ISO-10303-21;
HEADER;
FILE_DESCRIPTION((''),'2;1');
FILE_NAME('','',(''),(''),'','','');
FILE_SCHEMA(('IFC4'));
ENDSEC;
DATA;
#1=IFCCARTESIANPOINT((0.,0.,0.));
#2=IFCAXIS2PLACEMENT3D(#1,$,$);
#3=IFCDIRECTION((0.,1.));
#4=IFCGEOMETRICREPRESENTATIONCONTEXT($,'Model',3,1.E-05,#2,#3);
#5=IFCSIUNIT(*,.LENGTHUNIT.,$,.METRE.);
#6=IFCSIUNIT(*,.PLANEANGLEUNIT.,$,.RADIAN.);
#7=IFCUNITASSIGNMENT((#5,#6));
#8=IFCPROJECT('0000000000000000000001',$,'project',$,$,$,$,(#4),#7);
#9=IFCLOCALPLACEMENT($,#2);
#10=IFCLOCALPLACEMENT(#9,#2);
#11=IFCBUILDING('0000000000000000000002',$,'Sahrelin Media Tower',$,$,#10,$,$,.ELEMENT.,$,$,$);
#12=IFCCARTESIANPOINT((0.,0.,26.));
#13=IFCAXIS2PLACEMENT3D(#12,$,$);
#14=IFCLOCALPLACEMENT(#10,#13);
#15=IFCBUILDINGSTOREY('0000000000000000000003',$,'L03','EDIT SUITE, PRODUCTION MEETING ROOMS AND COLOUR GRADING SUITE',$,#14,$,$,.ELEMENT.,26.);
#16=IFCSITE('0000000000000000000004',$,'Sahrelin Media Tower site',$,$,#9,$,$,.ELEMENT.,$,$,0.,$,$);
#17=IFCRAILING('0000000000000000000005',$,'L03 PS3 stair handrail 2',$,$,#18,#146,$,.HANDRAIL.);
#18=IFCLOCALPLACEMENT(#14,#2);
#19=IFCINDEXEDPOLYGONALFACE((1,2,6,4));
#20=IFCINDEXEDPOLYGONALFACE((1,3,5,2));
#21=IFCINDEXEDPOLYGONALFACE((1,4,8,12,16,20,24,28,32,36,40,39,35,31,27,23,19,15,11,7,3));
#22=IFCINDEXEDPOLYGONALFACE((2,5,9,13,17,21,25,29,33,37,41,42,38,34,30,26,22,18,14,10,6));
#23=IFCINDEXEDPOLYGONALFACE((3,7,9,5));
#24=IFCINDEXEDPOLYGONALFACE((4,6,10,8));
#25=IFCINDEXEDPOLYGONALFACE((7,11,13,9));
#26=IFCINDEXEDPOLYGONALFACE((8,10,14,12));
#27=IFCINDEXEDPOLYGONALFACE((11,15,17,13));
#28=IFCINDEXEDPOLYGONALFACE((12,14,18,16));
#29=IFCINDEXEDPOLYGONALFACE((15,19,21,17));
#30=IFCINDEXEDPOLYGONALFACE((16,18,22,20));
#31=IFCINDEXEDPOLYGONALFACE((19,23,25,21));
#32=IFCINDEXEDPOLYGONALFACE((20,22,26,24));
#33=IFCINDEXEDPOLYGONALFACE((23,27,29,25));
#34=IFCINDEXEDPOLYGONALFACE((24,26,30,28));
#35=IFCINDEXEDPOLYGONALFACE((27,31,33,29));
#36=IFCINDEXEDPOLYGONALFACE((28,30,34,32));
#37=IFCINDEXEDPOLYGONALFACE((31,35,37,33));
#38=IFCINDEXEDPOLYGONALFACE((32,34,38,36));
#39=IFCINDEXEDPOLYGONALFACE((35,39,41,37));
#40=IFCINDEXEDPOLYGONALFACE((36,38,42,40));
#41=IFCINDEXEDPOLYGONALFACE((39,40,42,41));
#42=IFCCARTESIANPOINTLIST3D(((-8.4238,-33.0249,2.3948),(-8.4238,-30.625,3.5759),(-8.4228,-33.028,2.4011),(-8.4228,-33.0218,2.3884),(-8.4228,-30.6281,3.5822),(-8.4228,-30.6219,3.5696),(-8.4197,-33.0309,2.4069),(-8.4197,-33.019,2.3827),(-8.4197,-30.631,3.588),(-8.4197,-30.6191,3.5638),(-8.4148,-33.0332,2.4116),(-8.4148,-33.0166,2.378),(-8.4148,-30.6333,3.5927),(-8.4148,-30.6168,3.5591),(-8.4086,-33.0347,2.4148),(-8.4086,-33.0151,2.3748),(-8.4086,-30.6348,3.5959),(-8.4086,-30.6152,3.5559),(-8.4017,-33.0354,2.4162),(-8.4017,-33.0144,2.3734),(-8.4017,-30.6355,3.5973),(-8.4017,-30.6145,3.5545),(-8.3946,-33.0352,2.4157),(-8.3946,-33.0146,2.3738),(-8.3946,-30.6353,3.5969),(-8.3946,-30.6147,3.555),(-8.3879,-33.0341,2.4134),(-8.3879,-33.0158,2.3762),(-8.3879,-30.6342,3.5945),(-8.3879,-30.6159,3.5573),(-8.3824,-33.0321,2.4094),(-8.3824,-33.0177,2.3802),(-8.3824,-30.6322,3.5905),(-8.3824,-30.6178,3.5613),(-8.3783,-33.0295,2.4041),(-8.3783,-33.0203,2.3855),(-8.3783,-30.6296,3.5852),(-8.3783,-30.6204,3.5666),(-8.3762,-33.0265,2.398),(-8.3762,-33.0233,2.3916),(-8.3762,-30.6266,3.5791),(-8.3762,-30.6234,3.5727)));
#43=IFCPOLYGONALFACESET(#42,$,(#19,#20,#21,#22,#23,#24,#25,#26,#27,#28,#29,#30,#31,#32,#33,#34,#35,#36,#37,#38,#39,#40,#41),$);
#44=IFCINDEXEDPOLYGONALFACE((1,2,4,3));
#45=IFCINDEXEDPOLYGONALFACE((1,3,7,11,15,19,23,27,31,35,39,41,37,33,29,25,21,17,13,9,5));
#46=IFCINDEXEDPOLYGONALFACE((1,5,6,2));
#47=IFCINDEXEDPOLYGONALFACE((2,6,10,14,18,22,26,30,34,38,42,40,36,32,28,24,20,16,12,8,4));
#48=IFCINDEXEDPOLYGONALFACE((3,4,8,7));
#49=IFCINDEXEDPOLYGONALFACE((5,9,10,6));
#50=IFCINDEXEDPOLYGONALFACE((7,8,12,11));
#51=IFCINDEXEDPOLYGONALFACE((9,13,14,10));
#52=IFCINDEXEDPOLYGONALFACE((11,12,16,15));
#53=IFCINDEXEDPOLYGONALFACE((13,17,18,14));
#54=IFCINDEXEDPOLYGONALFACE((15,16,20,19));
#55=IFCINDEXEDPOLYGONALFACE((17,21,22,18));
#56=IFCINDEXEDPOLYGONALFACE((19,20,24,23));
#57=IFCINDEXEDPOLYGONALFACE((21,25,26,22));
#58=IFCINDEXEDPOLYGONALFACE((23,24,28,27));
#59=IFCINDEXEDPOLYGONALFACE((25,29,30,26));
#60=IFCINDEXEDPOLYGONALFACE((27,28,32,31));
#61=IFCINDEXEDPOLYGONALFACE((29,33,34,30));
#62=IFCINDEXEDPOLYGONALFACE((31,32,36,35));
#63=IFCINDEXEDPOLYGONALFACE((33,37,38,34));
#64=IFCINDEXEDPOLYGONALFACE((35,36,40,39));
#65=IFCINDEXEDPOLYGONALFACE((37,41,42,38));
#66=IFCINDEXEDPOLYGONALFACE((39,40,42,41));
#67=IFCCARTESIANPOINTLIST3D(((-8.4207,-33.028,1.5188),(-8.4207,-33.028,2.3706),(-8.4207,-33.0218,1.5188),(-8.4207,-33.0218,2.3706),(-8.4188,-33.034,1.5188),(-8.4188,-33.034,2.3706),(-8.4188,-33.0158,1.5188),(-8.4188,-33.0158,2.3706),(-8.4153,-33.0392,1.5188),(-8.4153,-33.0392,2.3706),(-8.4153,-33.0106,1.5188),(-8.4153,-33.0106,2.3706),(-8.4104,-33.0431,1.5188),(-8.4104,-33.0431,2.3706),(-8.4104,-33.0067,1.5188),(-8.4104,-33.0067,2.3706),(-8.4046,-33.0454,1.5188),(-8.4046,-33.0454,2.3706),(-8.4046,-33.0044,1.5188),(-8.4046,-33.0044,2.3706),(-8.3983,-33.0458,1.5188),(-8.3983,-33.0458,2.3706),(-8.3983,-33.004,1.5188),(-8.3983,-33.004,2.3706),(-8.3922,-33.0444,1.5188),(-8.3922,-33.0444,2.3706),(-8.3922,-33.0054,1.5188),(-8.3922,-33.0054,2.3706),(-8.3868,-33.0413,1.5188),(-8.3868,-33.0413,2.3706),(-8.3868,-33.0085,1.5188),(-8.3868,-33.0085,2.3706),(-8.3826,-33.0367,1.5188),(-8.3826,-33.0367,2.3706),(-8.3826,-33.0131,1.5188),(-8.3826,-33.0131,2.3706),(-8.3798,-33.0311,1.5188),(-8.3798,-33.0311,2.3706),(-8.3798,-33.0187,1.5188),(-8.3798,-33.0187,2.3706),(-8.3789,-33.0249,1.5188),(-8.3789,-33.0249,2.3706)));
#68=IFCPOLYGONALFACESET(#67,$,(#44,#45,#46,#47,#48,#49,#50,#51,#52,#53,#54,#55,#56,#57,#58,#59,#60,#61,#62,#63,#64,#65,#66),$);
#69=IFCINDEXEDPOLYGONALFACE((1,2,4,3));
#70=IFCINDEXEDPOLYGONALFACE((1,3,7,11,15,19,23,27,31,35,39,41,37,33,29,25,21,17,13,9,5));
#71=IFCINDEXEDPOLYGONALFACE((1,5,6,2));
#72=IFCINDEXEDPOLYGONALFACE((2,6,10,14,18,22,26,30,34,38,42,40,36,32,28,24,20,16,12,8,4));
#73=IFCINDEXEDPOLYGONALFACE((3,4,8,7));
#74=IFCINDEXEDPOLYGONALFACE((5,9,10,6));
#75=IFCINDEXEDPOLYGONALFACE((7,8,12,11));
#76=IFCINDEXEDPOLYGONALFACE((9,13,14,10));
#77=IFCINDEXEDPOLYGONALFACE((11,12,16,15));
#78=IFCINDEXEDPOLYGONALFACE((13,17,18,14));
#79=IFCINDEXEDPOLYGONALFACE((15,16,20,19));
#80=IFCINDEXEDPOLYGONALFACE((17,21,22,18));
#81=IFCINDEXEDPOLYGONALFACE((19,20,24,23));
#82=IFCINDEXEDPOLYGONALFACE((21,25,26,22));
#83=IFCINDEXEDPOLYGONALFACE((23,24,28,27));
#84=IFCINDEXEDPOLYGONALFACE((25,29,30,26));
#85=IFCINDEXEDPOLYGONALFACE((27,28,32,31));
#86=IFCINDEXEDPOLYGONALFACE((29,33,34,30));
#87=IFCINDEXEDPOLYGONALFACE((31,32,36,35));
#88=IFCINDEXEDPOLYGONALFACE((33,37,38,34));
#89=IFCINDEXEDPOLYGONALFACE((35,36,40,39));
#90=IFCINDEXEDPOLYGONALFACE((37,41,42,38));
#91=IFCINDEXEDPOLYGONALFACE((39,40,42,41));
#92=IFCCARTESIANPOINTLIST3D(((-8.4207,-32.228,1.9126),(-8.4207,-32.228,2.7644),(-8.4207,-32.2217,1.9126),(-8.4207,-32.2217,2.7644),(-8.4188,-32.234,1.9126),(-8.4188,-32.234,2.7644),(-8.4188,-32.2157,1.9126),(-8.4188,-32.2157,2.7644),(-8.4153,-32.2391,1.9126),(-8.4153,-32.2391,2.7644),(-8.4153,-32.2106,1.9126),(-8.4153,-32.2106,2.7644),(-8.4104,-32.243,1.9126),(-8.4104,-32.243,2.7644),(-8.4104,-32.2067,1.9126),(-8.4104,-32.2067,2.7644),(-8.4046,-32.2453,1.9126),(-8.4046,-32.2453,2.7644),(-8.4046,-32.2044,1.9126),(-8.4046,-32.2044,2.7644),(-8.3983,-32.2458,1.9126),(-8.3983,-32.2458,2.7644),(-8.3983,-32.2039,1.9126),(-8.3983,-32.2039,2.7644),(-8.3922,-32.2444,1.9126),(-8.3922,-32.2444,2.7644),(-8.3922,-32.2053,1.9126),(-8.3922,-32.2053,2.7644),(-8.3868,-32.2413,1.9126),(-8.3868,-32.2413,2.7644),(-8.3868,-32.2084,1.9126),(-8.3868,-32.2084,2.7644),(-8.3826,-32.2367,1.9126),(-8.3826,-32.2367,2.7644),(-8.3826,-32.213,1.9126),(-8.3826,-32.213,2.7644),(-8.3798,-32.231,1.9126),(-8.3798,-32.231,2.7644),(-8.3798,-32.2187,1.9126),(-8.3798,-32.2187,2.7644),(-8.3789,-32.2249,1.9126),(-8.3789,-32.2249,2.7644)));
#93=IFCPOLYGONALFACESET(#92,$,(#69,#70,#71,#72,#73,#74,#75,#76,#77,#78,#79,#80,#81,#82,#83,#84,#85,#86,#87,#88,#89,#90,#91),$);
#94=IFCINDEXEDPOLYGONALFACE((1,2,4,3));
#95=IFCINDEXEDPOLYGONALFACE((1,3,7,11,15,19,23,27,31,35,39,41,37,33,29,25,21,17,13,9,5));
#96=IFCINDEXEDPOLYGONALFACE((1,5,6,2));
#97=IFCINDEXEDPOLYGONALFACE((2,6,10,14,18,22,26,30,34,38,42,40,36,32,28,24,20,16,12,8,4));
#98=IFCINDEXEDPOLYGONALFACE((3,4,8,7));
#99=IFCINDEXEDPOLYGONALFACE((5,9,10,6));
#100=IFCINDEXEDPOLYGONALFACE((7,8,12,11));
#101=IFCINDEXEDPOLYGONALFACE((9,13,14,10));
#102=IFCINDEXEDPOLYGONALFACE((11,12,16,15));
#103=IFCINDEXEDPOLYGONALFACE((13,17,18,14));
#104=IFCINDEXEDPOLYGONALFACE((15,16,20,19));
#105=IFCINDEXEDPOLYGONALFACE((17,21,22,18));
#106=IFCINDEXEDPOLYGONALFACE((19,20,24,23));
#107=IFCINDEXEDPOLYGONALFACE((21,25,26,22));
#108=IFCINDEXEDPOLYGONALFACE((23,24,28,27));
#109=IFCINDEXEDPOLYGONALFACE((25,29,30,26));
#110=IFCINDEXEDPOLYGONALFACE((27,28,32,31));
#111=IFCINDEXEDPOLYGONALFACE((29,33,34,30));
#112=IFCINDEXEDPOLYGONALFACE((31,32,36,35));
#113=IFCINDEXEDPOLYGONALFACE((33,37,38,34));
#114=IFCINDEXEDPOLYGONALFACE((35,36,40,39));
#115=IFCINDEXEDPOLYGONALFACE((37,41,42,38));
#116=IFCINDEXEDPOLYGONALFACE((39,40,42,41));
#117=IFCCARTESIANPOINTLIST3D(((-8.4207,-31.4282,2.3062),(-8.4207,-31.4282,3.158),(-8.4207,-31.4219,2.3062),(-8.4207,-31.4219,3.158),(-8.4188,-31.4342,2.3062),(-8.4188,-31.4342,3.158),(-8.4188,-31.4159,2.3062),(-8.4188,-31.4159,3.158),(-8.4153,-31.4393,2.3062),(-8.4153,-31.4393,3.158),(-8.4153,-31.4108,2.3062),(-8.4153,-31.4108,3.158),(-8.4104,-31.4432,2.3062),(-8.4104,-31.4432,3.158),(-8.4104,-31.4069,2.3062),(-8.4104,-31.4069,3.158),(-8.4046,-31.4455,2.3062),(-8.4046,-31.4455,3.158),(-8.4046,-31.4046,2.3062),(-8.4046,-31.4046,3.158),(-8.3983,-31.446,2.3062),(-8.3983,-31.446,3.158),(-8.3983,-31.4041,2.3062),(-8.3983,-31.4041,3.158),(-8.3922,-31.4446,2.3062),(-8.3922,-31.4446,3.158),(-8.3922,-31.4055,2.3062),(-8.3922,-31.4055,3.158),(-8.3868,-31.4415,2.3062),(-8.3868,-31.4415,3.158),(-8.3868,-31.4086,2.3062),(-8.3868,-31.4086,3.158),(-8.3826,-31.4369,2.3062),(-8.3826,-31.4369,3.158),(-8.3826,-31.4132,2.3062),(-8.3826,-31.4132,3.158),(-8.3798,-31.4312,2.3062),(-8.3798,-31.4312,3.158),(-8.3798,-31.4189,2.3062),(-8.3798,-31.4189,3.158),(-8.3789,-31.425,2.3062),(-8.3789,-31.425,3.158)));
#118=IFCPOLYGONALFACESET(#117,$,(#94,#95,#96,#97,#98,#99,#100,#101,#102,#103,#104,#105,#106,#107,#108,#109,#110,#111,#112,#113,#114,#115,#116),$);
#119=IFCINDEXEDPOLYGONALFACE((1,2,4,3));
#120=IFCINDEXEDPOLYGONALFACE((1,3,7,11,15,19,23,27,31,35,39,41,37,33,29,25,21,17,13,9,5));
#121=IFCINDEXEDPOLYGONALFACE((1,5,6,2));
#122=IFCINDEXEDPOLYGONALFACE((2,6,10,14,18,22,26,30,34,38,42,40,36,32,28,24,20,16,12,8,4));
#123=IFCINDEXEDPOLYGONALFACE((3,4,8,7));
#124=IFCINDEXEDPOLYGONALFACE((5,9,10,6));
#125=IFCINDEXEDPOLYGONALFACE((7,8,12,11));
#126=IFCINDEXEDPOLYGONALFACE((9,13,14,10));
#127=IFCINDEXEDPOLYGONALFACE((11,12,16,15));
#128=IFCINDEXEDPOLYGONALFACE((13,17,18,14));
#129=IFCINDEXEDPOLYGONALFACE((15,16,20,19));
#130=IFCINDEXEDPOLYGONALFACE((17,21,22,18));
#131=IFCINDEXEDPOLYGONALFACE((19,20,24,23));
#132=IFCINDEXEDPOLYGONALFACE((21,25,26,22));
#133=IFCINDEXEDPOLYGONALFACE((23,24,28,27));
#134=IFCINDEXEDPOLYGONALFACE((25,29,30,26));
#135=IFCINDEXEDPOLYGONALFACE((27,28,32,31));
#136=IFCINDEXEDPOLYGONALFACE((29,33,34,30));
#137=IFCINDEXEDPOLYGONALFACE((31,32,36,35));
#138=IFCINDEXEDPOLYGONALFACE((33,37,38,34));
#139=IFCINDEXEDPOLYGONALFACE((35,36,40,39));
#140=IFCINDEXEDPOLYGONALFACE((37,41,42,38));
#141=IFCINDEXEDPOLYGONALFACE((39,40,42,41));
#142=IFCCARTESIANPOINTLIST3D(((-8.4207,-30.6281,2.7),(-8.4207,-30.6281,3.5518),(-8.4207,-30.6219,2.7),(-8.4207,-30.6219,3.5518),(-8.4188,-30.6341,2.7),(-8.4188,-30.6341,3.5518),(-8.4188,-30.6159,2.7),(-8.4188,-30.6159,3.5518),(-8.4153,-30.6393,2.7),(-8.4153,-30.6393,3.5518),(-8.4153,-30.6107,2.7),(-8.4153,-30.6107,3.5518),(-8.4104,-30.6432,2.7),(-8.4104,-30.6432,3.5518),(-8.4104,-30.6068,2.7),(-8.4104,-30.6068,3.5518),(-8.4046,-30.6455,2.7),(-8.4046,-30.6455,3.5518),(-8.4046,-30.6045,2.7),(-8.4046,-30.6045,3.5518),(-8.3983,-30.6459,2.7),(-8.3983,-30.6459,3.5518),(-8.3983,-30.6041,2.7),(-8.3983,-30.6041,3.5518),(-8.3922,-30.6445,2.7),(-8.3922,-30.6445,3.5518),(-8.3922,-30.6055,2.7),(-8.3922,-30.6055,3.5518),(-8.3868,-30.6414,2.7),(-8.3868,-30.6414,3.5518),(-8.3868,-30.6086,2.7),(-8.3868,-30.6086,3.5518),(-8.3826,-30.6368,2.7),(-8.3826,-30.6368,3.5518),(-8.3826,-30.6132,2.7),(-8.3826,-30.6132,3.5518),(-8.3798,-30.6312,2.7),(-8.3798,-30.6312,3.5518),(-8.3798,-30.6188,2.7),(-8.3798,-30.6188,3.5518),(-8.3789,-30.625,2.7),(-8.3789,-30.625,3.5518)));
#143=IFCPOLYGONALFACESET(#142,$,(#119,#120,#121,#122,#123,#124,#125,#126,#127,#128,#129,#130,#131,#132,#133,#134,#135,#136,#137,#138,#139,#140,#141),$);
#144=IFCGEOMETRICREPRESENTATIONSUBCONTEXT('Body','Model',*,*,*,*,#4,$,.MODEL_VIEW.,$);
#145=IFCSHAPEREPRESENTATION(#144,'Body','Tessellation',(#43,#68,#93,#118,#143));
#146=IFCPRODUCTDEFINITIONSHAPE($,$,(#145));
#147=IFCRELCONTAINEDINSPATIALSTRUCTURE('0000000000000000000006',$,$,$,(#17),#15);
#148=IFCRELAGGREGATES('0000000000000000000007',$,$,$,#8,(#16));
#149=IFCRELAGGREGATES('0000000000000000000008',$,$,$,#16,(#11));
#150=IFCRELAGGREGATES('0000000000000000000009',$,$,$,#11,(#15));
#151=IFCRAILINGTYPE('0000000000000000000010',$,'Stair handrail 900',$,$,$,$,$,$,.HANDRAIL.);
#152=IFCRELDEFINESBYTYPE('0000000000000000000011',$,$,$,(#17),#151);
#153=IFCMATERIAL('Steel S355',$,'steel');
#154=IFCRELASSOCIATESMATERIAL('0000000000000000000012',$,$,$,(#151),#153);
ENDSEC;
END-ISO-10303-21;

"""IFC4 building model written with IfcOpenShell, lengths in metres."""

from ifc_helpers import new_model, si_unit, direction, frame, origin, origin_2d, place, context, subcontext, project, spatial, circle, extrude, material, type_object, element, save


model = new_model("IFC4")

# Units and contexts
model_context = context("Model", 3, precision=1e-05, world=origin(), true_north=direction((0.0, 1.0)))
body_context = subcontext(model_context, "Body", "Model", "MODEL_VIEW")
ifc_project = project(units=[si_unit("LENGTHUNIT", "METRE"), si_unit("PLANEANGLEUNIT", "RADIAN")], contexts=[model_context])

# Site, building, storey
site_placement = place(None, origin())
site = spatial("IfcSite", under=ifc_project, at=site_placement, Name="Sahrelin Media Tower site", CompositionType="ELEMENT", RefElevation=0.0)
building_placement = place(site_placement, origin())
building = spatial("IfcBuilding", under=site, at=building_placement, Name="Sahrelin Media Tower", CompositionType="ELEMENT")
storey_placement = place(building_placement, frame((0.0, 0.0, 26.0)))
storey = spatial("IfcBuildingStorey", under=building, at=storey_placement, Name="L03", Description="EDIT SUITE, PRODUCTION MEETING ROOMS AND COLOUR GRADING SUITE", CompositionType="ELEMENT", Elevation=26.0)

# Shared definitions
ifc_material_1 = material(Name="Steel S355", Category="steel")

# Railing
railing_type_1 = type_object("IfcRailingType", Name="Stair handrail 900", PredefinedType="HANDRAIL", material=ifc_material_1)
for number, where, name in (
    (1, (-8.3999, -33.0249, 1.5188), "L03 PS3 stair handrail 2"),
):
    element("IfcRailing", number, at=place(storey_placement, frame(where)), inside=storey, type_object=railing_type_1, Name=name, PredefinedType="HANDRAIL", context=body_context, shape_type="SweptSolid", body=[
        extrude(circle(Radius=0.0239, at=origin_2d()), frame((0.0, 0.0, 0.876), z_axis=(0.0, 0.897221, 0.441582), x_axis=(-1.0, 0.0, 0.0)), (0.0, 0.0, 1.0), 2.6748),
        extrude(circle(Radius=0.021, at=origin_2d()), origin(), (0.0, 0.0, 1.0), 0.8518),
        extrude(circle(Radius=0.021, at=origin_2d()), frame((0.0, 0.8, 0.3938)), (0.0, 0.0, 1.0), 0.8518),
        extrude(circle(Radius=0.021, at=origin_2d()), frame((0.0, 1.5999, 0.7874)), (0.0, 0.0, 1.0), 0.8518),
        extrude(circle(Radius=0.021, at=origin_2d()), frame((0.0, 2.3999, 1.1812)), (0.0, 0.0, 1.0), 0.8518),
    ])

save(model, "model.ifc")
